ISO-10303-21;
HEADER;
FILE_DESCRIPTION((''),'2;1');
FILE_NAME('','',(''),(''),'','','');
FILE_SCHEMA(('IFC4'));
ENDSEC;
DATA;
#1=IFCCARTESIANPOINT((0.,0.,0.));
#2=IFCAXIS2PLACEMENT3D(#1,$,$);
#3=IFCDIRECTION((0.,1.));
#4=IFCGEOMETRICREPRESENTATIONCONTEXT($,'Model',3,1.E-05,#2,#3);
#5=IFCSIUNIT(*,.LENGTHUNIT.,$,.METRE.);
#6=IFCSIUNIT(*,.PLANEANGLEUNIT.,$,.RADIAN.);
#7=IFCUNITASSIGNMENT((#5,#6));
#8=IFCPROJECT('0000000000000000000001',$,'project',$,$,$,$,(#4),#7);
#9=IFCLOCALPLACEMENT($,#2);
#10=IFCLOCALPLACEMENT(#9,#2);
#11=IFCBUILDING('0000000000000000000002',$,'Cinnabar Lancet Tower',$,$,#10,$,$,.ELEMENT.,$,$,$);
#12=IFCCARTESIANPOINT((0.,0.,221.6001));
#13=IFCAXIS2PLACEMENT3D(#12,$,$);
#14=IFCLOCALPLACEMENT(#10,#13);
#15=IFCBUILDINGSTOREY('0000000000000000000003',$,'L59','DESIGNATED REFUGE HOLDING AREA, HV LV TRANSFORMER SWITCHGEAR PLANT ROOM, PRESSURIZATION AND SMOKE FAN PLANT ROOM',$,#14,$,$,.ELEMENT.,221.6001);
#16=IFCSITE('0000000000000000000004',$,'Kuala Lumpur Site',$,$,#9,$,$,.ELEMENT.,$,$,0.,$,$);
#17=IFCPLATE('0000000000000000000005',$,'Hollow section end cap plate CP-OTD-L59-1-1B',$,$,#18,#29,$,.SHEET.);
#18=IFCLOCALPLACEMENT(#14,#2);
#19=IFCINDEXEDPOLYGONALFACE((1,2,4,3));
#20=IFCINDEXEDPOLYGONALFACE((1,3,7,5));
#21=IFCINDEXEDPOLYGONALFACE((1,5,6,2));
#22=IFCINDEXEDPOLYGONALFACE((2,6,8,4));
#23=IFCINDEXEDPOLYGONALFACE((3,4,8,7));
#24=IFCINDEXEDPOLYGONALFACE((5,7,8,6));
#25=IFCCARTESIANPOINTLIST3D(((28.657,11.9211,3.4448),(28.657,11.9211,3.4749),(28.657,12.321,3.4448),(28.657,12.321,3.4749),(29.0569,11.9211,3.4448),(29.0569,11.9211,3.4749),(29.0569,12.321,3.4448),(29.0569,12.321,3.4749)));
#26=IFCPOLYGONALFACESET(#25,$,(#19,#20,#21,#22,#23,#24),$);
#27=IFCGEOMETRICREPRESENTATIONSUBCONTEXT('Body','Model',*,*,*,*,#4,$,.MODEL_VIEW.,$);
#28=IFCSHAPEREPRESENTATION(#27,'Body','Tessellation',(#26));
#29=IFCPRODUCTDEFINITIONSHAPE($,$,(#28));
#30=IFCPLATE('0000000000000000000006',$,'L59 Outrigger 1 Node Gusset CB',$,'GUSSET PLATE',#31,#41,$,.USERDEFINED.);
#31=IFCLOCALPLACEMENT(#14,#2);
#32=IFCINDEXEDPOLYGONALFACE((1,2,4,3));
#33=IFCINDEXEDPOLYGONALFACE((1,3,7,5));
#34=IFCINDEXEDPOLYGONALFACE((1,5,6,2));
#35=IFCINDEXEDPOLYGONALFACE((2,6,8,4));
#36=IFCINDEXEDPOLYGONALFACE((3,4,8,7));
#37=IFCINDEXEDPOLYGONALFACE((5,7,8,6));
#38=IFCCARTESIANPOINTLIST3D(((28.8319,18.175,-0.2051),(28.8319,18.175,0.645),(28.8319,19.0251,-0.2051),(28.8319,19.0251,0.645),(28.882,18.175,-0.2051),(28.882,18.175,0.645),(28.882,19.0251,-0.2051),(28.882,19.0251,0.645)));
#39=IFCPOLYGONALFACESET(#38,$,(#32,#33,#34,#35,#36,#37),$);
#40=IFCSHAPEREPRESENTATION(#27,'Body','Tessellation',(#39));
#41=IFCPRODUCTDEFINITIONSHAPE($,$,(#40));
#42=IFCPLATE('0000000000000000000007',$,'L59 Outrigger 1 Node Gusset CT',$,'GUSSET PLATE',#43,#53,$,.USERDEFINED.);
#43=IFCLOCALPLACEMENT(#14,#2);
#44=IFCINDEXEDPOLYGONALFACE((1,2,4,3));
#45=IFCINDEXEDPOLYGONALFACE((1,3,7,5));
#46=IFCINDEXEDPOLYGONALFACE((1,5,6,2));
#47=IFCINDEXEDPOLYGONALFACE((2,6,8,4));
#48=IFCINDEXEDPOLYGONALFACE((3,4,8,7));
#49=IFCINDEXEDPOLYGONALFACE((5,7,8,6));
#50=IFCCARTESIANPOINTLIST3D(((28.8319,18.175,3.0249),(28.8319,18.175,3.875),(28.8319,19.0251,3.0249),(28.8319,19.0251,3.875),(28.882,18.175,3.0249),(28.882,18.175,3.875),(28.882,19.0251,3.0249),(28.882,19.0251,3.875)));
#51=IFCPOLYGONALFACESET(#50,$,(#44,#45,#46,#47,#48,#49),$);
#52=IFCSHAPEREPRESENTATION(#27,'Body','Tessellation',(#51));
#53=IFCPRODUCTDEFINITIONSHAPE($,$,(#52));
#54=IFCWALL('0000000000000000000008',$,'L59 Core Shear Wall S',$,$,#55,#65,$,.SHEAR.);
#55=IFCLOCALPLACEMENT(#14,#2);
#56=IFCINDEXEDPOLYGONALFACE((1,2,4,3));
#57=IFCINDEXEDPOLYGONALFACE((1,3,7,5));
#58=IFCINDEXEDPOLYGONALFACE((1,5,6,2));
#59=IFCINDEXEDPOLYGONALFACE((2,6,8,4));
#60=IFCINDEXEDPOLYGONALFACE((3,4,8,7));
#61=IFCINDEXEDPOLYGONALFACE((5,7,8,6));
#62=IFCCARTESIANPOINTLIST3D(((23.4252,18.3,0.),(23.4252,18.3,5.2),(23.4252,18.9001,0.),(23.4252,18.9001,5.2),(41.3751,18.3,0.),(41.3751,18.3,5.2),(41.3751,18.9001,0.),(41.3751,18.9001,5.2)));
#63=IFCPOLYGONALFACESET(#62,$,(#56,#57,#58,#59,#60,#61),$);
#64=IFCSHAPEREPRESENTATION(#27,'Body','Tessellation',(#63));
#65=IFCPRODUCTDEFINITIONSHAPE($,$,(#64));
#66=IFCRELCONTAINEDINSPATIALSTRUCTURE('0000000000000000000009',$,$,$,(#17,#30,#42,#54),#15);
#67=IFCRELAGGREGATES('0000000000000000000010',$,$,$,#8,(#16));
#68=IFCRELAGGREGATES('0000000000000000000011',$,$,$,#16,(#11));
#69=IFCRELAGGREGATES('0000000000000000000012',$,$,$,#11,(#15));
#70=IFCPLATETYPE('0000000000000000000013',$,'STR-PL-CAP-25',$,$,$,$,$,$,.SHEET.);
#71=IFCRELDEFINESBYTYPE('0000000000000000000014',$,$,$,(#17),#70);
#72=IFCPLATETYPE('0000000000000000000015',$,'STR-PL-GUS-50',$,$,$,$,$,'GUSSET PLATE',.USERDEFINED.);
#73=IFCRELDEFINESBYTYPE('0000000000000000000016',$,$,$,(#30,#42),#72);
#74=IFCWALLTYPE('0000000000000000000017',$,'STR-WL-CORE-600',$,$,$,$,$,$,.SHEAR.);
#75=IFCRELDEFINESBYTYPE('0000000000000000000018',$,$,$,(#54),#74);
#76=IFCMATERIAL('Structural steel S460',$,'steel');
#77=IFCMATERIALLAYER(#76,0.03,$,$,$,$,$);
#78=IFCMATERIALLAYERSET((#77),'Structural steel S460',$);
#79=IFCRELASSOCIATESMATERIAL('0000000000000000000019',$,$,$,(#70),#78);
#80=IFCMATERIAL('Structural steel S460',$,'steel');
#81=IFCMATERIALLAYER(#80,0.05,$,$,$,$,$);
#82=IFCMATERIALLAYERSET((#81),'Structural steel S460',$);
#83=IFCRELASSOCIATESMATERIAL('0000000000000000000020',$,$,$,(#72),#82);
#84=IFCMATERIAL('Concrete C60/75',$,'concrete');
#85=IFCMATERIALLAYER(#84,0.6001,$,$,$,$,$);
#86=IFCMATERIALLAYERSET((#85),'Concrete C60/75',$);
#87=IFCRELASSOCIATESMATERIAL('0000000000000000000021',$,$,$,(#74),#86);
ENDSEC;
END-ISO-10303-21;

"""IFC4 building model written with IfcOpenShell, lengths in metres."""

from ifc_helpers import new_model, si_unit, direction, frame, frame_2d, origin, origin_2d, place, context, subcontext, project, spatial, rectangle, extrude, material, layer, layer_set, type_object, element, save


model = new_model("IFC4")

# Units and contexts
model_context = context("Model", 3, precision=1e-05, world=origin(), true_north=direction((0.0, 1.0)))
body_context = subcontext(model_context, "Body", "Model", "MODEL_VIEW")
ifc_project = project(units=[si_unit("LENGTHUNIT", "METRE"), si_unit("PLANEANGLEUNIT", "RADIAN")], contexts=[model_context])

# Site, building, storey
site_placement = place(None, origin())
site = spatial("IfcSite", under=ifc_project, at=site_placement, Name="Kuala Lumpur Site", CompositionType="ELEMENT", RefElevation=0.0)
building_placement = place(site_placement, origin())
building = spatial("IfcBuilding", under=site, at=building_placement, Name="Cinnabar Lancet Tower", CompositionType="ELEMENT")
storey_placement = place(building_placement, frame((0.0, 0.0, 221.6001)))
storey = spatial("IfcBuildingStorey", under=building, at=storey_placement, Name="L59", Description="DESIGNATED REFUGE HOLDING AREA, HV LV TRANSFORMER SWITCHGEAR PLANT ROOM, PRESSURIZATION AND SMOKE FAN PLANT ROOM", CompositionType="ELEMENT", Elevation=221.6001)

# Plates
ifc_material_1 = material(Name="Structural steel S460", Category="steel")
ifc_layer_1 = layer(ifc_material_1, 0.03)
ifc_layer_set_1 = layer_set([ifc_layer_1], Name="Structural steel S460")
plate_type_1 = type_object("IfcPlateType", Name="STR-PL-CAP-25", PredefinedType="SHEET", material=ifc_layer_set_1)
plate_placement = place(storey_placement, frame((28.8569, 12.1211, 3.4448), z_axis=(0.0, 0.0, 1.0), x_axis=(0.0, -1.0, 0.0)))
element("IfcPlate", 1, at=plate_placement, inside=storey, type_object=plate_type_1, Name="Hollow section end cap plate CP-OTD-L59-1-1B", PredefinedType="SHEET", context=body_context, shape_type="SweptSolid", body=[
    extrude(rectangle(XDim=0.3999, YDim=0.3999, at=origin_2d()), origin(), (0.0, 0.0, 1.0), 0.03),
])
ifc_material_2 = material(Name="Structural steel S460", Category="steel")
ifc_layer_2 = layer(ifc_material_2, 0.05)
ifc_layer_set_2 = layer_set([ifc_layer_2], Name="Structural steel S460")
plate_type_2 = type_object("IfcPlateType", Name="STR-PL-GUS-50", ElementType="GUSSET PLATE", PredefinedType="USERDEFINED", material=ifc_layer_set_2)
for number, where, z_axis, x_axis, name in (
    (2, (28.8569, 18.6001, -0.2051), (0.0, 0.0, 1.0), (1.0, 0.0, 0.0), "L59 Outrigger 1 Node Gusset CB"),
    (3, (28.8569, 18.6001, 3.0249), (0.0, 0.0, 1.0), (1.0, 0.0, 0.0), "L59 Outrigger 1 Node Gusset CT"),
):
    element("IfcPlate", number, at=place(storey_placement, frame(where, z_axis=z_axis, x_axis=x_axis)), inside=storey, type_object=plate_type_2, Name=name, ObjectType="GUSSET PLATE", PredefinedType="USERDEFINED", context=body_context, shape_type="SweptSolid", body=[
        extrude(rectangle(XDim=0.05, YDim=0.8501, at=origin_2d()), origin(), (0.0, 0.0, 1.0), 0.8501),
    ])

# Wall
ifc_material_3 = material(Name="Concrete C60/75", Category="concrete")
ifc_layer_3 = layer(ifc_material_3, 0.6001)
ifc_layer_set_3 = layer_set([ifc_layer_3], Name="Concrete C60/75")
wall_type = type_object("IfcWallType", Name="STR-WL-CORE-600", PredefinedType="SHEAR", material=ifc_layer_set_3)
wall_placement = place(storey_placement, frame((23.425, 18.6001, 0.0), z_axis=(0.0, 0.0, 1.0), x_axis=(1.0, 0.0, 0.0)))
element("IfcWall", 4, at=wall_placement, inside=storey, type_object=wall_type, Name="L59 Core Shear Wall S", PredefinedType="SHEAR", context=body_context, shape_type="SweptSolid", body=[
    extrude(rectangle(XDim=17.95, YDim=0.6001, at=frame_2d((8.9751, 0.0))), origin(), (0.0, 0.0, 1.0), 5.2),
])

save(model, "model.ifc")
